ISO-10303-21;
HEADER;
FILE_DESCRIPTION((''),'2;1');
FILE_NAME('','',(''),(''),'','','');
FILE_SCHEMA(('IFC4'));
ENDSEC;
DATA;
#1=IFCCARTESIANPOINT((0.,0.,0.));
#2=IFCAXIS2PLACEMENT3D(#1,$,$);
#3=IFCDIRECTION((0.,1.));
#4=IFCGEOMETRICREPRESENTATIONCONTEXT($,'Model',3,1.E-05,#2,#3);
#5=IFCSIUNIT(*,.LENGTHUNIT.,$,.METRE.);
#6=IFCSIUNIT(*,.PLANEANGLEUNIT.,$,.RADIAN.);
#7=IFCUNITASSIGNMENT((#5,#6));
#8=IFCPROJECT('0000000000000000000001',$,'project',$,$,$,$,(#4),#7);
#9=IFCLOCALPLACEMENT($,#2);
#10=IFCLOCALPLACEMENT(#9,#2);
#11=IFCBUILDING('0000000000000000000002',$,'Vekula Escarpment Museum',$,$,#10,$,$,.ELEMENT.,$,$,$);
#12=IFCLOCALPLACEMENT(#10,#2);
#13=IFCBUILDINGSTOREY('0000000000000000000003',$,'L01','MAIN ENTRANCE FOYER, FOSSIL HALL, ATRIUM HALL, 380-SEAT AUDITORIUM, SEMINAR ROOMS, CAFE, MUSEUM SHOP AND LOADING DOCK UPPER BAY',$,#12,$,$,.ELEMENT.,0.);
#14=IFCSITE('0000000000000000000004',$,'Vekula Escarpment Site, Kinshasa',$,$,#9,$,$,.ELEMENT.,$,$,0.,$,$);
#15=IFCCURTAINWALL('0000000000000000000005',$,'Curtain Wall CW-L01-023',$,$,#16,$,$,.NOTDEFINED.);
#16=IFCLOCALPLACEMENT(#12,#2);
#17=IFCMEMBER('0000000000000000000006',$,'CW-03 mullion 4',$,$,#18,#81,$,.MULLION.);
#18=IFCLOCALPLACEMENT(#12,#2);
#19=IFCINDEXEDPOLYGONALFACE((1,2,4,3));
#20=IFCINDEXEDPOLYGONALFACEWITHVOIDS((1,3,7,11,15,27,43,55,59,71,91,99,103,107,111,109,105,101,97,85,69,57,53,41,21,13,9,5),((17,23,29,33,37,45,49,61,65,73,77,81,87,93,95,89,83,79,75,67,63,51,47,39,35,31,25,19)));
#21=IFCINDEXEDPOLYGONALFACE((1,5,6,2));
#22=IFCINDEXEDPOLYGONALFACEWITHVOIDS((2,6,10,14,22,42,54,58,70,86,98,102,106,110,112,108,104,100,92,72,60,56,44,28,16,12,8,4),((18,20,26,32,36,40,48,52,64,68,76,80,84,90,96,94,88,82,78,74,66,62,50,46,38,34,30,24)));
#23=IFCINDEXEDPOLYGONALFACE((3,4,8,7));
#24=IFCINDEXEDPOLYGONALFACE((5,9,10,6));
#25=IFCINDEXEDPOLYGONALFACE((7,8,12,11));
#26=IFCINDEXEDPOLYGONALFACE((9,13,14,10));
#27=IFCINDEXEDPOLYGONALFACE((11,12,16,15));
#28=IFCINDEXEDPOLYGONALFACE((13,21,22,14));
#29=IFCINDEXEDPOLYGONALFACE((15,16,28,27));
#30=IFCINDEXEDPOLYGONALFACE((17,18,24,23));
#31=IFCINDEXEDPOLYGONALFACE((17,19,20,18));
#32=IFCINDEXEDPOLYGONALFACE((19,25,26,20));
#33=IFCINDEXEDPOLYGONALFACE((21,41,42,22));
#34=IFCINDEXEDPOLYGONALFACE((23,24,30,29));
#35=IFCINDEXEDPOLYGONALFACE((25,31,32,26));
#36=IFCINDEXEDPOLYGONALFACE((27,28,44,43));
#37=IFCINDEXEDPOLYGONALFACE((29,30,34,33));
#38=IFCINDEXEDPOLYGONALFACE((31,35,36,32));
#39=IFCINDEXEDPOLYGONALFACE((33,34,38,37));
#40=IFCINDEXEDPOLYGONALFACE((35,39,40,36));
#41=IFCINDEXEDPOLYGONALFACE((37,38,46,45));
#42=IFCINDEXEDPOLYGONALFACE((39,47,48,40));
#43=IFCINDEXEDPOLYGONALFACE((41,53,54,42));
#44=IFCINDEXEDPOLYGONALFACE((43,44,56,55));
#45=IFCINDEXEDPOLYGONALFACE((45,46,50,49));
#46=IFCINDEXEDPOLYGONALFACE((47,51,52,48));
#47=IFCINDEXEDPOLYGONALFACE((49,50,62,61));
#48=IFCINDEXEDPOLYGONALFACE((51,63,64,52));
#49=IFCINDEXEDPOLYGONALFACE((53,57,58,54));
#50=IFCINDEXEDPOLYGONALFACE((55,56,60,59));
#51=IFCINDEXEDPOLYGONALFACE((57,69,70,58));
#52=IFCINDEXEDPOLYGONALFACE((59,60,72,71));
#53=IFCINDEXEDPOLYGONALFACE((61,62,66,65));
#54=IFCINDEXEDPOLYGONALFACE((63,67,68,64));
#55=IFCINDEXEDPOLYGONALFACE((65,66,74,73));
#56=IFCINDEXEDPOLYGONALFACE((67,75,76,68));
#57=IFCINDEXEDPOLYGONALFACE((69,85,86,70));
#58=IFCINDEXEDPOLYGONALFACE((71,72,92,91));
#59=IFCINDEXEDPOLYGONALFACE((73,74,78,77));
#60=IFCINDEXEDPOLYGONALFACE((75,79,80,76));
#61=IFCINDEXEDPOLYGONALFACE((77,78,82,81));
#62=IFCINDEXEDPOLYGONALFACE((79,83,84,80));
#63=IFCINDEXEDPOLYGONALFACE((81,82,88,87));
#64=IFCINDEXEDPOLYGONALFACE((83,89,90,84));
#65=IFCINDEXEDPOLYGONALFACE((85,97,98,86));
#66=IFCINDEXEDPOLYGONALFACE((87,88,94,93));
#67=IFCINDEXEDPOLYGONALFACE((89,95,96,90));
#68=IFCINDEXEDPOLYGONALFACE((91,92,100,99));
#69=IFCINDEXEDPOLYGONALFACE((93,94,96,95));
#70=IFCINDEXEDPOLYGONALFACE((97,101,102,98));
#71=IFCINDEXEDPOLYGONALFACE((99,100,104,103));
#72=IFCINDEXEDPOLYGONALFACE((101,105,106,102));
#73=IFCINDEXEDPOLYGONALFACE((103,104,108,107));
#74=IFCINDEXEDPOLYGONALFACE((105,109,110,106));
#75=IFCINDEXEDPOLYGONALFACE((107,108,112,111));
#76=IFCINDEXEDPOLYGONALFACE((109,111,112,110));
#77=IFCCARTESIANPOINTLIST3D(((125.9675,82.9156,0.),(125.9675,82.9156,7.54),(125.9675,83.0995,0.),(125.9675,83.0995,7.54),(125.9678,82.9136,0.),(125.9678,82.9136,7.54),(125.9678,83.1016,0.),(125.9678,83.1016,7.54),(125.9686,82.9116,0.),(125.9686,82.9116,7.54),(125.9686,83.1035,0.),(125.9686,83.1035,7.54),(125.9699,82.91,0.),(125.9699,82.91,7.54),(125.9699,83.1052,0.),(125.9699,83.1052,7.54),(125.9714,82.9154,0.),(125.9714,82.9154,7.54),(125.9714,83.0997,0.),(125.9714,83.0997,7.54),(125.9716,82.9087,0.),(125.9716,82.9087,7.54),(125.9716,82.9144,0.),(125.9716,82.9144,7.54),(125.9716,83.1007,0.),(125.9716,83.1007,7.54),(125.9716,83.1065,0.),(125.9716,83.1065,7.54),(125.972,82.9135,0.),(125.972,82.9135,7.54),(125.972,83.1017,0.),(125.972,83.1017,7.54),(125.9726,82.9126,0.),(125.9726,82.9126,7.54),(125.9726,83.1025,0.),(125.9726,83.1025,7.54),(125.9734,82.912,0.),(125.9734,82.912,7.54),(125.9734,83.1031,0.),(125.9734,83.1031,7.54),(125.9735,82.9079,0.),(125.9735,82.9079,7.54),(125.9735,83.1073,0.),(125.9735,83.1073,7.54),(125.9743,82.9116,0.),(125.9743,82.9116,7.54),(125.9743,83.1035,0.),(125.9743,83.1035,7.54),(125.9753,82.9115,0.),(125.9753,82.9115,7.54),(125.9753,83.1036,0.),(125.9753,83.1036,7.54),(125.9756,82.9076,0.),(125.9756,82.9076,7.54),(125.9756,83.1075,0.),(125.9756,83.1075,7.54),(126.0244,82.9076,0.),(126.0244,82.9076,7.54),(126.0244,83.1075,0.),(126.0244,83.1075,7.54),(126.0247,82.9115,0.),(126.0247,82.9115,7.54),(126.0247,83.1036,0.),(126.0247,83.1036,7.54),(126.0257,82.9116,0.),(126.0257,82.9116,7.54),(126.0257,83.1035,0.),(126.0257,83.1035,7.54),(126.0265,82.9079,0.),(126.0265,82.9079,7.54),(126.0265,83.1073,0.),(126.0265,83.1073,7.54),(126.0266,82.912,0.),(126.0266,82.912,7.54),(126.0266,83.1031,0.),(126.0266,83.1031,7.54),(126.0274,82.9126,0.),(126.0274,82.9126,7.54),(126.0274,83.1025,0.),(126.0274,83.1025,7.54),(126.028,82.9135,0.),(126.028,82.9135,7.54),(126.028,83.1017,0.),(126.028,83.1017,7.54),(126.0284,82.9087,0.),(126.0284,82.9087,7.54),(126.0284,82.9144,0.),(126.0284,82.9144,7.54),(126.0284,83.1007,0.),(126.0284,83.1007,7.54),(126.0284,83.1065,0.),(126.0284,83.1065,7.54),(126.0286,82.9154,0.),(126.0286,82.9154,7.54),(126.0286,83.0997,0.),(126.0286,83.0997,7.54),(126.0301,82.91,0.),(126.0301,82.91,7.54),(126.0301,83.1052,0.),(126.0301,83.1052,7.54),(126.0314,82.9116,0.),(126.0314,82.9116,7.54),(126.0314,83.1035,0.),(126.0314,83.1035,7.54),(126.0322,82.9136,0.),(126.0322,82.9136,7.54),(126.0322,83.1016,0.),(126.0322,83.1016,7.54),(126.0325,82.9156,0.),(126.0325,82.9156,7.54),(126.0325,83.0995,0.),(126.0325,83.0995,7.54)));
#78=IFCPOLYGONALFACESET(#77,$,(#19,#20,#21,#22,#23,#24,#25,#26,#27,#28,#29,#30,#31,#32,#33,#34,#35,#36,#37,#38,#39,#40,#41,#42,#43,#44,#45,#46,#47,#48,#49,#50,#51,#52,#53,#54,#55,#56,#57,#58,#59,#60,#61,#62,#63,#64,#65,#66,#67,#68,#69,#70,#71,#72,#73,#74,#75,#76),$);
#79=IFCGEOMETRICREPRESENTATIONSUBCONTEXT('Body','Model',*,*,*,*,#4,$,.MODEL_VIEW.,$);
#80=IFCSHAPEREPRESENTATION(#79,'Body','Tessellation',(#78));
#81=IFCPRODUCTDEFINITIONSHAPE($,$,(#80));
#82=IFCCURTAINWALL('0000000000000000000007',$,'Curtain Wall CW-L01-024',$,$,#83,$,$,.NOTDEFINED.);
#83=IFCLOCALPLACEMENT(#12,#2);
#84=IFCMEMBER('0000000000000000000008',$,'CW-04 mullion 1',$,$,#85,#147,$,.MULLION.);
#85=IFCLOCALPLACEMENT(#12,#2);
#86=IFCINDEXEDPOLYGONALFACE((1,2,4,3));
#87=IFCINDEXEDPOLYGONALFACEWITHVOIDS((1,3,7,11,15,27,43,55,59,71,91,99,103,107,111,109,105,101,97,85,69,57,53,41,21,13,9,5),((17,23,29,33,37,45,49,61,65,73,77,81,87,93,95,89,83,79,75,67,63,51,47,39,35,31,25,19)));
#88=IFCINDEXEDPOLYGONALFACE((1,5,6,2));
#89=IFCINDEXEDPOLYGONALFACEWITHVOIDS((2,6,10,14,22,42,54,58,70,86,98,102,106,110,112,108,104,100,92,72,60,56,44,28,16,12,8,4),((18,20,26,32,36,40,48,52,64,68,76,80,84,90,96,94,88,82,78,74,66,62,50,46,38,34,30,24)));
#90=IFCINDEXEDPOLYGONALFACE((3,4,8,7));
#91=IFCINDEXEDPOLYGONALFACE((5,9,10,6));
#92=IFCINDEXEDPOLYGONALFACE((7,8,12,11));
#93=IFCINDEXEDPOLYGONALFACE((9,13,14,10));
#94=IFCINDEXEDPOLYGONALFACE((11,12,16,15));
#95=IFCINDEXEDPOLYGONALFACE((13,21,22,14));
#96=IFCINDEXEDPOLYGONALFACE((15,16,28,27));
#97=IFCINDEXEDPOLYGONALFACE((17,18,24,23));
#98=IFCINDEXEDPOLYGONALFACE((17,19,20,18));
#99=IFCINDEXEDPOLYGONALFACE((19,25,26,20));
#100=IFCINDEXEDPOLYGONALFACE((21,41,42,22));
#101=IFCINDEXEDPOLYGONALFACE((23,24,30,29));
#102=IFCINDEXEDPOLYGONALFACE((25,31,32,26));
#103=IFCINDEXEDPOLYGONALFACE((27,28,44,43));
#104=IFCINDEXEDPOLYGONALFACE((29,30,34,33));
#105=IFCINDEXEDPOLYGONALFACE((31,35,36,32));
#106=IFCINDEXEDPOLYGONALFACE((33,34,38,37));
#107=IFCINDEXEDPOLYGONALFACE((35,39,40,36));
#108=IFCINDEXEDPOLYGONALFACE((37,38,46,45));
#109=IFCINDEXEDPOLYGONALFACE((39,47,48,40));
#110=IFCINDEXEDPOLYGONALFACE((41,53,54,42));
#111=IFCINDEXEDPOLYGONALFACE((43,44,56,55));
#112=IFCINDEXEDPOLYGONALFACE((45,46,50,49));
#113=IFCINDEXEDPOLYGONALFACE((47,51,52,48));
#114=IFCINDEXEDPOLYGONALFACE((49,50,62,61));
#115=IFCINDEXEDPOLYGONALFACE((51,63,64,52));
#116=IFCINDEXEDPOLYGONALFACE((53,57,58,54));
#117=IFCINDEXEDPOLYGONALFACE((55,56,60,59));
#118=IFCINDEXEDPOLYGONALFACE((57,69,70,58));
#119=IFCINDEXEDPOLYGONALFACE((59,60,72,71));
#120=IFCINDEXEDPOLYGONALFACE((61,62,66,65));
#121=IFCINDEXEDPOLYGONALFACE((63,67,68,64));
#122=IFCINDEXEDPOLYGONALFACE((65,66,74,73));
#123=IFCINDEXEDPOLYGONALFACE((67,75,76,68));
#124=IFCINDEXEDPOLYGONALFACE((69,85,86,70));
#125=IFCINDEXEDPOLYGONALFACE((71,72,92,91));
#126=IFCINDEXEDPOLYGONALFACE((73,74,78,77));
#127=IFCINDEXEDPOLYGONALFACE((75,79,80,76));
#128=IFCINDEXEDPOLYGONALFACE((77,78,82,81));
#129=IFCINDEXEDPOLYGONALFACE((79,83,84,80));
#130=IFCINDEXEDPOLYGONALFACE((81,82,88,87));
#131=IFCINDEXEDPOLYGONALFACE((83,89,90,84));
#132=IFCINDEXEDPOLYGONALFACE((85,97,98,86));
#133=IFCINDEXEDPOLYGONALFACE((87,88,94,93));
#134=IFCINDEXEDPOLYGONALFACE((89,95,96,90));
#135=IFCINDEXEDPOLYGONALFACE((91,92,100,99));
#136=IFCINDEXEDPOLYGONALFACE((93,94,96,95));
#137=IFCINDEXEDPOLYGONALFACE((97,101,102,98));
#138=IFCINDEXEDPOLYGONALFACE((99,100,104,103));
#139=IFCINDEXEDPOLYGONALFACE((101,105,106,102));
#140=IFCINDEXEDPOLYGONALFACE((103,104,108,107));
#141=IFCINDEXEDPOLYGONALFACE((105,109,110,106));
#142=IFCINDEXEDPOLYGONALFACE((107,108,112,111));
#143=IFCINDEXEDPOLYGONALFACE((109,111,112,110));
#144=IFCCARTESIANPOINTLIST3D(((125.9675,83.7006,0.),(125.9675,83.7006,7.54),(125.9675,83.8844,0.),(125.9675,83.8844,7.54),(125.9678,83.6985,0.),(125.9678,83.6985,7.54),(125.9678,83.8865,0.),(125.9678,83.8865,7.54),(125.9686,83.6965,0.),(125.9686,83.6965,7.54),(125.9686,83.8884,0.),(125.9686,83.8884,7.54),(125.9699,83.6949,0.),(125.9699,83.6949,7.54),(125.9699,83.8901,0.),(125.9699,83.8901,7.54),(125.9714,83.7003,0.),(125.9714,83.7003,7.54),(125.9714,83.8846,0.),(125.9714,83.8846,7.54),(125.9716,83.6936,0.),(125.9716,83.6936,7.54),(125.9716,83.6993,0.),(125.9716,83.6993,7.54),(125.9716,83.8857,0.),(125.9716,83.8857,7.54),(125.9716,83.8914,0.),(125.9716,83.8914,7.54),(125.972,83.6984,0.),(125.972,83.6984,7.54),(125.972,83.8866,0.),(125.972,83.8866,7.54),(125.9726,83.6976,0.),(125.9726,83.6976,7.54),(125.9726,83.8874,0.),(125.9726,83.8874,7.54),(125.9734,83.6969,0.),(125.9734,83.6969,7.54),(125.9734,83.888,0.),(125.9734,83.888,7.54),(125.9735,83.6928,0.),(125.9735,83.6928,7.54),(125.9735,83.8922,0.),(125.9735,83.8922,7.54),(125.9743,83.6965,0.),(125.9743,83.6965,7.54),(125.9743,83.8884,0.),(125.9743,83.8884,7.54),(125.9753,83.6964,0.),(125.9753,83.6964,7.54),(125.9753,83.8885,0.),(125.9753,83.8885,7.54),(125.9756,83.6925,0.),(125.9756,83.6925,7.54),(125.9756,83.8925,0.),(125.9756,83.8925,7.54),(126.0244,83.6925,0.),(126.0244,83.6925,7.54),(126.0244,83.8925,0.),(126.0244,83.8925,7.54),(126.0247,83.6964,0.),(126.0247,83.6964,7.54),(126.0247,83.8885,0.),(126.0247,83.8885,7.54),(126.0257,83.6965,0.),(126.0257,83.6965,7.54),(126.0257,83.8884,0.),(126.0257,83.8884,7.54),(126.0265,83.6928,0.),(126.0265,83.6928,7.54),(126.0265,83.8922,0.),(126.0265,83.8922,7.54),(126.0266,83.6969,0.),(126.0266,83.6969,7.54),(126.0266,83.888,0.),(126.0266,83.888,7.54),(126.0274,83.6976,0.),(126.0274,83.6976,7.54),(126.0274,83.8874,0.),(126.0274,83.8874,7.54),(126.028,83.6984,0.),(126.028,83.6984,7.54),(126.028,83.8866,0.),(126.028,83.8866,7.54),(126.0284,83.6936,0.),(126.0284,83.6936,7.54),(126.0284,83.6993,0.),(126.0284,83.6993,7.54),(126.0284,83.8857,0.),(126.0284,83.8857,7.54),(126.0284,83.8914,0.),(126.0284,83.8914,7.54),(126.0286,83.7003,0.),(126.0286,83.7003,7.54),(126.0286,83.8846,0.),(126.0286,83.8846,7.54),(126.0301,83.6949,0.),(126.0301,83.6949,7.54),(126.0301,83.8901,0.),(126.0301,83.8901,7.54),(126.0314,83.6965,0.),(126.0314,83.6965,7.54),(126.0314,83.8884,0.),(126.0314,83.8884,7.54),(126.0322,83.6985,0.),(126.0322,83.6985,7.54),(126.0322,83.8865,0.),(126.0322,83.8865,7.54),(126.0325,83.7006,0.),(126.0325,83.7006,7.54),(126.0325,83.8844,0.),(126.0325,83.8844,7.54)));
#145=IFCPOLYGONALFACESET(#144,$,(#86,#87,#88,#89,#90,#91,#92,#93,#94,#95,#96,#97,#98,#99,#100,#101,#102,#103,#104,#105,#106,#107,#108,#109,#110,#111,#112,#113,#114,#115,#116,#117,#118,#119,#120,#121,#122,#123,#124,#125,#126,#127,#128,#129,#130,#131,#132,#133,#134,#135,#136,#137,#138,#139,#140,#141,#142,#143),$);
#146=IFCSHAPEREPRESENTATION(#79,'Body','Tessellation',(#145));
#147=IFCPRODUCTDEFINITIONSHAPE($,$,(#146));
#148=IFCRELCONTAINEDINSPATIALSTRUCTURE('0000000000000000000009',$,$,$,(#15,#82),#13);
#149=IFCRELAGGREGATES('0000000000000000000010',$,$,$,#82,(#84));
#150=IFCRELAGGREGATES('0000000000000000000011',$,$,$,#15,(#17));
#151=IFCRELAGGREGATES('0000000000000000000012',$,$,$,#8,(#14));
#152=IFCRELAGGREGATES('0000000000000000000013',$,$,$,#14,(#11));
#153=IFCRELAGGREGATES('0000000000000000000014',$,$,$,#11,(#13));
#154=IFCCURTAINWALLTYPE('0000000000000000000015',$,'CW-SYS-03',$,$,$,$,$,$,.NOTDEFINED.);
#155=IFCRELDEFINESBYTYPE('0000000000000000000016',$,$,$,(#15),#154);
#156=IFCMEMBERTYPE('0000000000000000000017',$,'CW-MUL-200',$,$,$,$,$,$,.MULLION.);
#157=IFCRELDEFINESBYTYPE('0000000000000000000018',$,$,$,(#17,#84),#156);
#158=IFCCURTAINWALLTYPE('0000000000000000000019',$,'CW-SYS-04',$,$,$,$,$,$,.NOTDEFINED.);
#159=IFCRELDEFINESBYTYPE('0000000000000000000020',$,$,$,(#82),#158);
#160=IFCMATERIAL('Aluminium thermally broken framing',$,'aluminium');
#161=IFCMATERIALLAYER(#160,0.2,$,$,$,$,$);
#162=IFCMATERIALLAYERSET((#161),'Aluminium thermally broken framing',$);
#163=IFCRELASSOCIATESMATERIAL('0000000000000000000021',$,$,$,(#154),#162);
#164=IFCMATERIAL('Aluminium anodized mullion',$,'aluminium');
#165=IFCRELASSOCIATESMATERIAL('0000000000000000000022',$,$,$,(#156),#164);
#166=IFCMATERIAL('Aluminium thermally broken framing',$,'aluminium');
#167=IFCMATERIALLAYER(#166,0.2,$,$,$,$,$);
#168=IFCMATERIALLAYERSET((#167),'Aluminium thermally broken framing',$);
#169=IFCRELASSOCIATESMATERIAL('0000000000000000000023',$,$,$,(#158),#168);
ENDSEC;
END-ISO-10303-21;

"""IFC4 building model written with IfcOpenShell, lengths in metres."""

from ifc_helpers import new_model, si_unit, direction, frame, origin, origin_2d, place, context, subcontext, project, spatial, hollow_rectangle, extrude, material, layer, layer_set, material_profile, profile_set, type_object, element, aggregate, save


model = new_model("IFC4")

# Units and contexts
model_context = context("Model", 3, precision=1e-05, world=origin(), true_north=direction((0.0, 1.0)))
body_context = subcontext(model_context, "Body", "Model", "MODEL_VIEW")
ifc_project = project(units=[si_unit("LENGTHUNIT", "METRE"), si_unit("PLANEANGLEUNIT", "RADIAN")], contexts=[model_context])

# Site, building, storey
site_placement = place(None, origin())
site = spatial("IfcSite", under=ifc_project, at=site_placement, Name="Vekula Escarpment Site, Kinshasa", CompositionType="ELEMENT", RefElevation=0.0)
building_placement = place(site_placement, origin())
building = spatial("IfcBuilding", under=site, at=building_placement, Name="Vekula Escarpment Museum", CompositionType="ELEMENT")
storey_placement = place(building_placement, origin())
storey = spatial("IfcBuildingStorey", under=building, at=storey_placement, Name="L01", Description="MAIN ENTRANCE FOYER, FOSSIL HALL, ATRIUM HALL, 380-SEAT AUDITORIUM, SEMINAR ROOMS, CAFE, MUSEUM SHOP AND LOADING DOCK UPPER BAY", CompositionType="ELEMENT", Elevation=0.0)

# Curtain wall, member
ifc_material_1 = material(Name="Aluminium thermally broken framing", Category="aluminium")
ifc_layer_1 = layer(ifc_material_1, 0.2)
ifc_layer_set_1 = layer_set([ifc_layer_1], Name="Aluminium thermally broken framing")
curtain_wall_type_1 = type_object("IfcCurtainWallType", Name="CW-SYS-03", PredefinedType="NOTDEFINED", material=ifc_layer_set_1)
curtain_wall_1_placement = place(storey_placement, origin())
curtain_wall_1 = element("IfcCurtainWall", 1, at=curtain_wall_1_placement, inside=storey, type_object=curtain_wall_type_1, Name="Curtain Wall CW-L01-023", PredefinedType="NOTDEFINED")
ifc_material_2 = material(Name="Aluminium anodized mullion", Category="aluminium")
ifc_material_profile_1 = material_profile(ifc_material_2, hollow_rectangle(XDim=0.0649, YDim=0.2, WallThickness=0.0039, InnerFilletRadius=0.0039, OuterFilletRadius=0.0081, at=origin_2d()), Name="ALU 200x65x4")
ifc_profile_set_1 = profile_set([ifc_material_profile_1], Name="Aluminium anodized mullion")
member_type_1 = type_object("IfcMemberType", Name="CW-MUL-200", PredefinedType="MULLION", material=ifc_profile_set_1)
member_1_placement = place(storey_placement, frame((126.0, 83.0076, 0.0), z_axis=(0.0, 0.0, 1.0), x_axis=(-1.0, 0.0, 0.0)))
member_1 = element("IfcMember", 2, at=member_1_placement, type_object=member_type_1, Name="CW-03 mullion 4", PredefinedType="MULLION", context=body_context, shape_type="SweptSolid", body=[
    extrude(hollow_rectangle(XDim=0.0649, YDim=0.2, WallThickness=0.0039, InnerFilletRadius=0.0039, OuterFilletRadius=0.0081, at=origin_2d()), origin(), (0.0, 0.0, 1.0), 7.54),
])

# Curtain wall, member
ifc_material_3 = material(Name="Aluminium thermally broken framing", Category="aluminium")
ifc_layer_2 = layer(ifc_material_3, 0.2)
ifc_layer_set_2 = layer_set([ifc_layer_2], Name="Aluminium thermally broken framing")
curtain_wall_type_2 = type_object("IfcCurtainWallType", Name="CW-SYS-04", PredefinedType="NOTDEFINED", material=ifc_layer_set_2)
curtain_wall_2_placement = place(storey_placement, origin())
curtain_wall_2 = element("IfcCurtainWall", 3, at=curtain_wall_2_placement, inside=storey, type_object=curtain_wall_type_2, Name="Curtain Wall CW-L01-024", PredefinedType="NOTDEFINED")
member_2_placement = place(storey_placement, frame((126.0, 83.7925, 0.0), z_axis=(0.0, 0.0, 1.0), x_axis=(-1.0, 0.0, 0.0)))
member_2 = element("IfcMember", 4, at=member_2_placement, type_object=member_type_1, Name="CW-04 mullion 1", PredefinedType="MULLION", context=body_context, shape_type="SweptSolid", body=[
    extrude(hollow_rectangle(XDim=0.0649, YDim=0.2, WallThickness=0.0039, InnerFilletRadius=0.0039, OuterFilletRadius=0.0081, at=origin_2d()), origin(), (0.0, 0.0, 1.0), 7.54),
])

aggregate(curtain_wall_2, [member_2])
aggregate(curtain_wall_1, [member_1])

save(model, "model.ifc")
